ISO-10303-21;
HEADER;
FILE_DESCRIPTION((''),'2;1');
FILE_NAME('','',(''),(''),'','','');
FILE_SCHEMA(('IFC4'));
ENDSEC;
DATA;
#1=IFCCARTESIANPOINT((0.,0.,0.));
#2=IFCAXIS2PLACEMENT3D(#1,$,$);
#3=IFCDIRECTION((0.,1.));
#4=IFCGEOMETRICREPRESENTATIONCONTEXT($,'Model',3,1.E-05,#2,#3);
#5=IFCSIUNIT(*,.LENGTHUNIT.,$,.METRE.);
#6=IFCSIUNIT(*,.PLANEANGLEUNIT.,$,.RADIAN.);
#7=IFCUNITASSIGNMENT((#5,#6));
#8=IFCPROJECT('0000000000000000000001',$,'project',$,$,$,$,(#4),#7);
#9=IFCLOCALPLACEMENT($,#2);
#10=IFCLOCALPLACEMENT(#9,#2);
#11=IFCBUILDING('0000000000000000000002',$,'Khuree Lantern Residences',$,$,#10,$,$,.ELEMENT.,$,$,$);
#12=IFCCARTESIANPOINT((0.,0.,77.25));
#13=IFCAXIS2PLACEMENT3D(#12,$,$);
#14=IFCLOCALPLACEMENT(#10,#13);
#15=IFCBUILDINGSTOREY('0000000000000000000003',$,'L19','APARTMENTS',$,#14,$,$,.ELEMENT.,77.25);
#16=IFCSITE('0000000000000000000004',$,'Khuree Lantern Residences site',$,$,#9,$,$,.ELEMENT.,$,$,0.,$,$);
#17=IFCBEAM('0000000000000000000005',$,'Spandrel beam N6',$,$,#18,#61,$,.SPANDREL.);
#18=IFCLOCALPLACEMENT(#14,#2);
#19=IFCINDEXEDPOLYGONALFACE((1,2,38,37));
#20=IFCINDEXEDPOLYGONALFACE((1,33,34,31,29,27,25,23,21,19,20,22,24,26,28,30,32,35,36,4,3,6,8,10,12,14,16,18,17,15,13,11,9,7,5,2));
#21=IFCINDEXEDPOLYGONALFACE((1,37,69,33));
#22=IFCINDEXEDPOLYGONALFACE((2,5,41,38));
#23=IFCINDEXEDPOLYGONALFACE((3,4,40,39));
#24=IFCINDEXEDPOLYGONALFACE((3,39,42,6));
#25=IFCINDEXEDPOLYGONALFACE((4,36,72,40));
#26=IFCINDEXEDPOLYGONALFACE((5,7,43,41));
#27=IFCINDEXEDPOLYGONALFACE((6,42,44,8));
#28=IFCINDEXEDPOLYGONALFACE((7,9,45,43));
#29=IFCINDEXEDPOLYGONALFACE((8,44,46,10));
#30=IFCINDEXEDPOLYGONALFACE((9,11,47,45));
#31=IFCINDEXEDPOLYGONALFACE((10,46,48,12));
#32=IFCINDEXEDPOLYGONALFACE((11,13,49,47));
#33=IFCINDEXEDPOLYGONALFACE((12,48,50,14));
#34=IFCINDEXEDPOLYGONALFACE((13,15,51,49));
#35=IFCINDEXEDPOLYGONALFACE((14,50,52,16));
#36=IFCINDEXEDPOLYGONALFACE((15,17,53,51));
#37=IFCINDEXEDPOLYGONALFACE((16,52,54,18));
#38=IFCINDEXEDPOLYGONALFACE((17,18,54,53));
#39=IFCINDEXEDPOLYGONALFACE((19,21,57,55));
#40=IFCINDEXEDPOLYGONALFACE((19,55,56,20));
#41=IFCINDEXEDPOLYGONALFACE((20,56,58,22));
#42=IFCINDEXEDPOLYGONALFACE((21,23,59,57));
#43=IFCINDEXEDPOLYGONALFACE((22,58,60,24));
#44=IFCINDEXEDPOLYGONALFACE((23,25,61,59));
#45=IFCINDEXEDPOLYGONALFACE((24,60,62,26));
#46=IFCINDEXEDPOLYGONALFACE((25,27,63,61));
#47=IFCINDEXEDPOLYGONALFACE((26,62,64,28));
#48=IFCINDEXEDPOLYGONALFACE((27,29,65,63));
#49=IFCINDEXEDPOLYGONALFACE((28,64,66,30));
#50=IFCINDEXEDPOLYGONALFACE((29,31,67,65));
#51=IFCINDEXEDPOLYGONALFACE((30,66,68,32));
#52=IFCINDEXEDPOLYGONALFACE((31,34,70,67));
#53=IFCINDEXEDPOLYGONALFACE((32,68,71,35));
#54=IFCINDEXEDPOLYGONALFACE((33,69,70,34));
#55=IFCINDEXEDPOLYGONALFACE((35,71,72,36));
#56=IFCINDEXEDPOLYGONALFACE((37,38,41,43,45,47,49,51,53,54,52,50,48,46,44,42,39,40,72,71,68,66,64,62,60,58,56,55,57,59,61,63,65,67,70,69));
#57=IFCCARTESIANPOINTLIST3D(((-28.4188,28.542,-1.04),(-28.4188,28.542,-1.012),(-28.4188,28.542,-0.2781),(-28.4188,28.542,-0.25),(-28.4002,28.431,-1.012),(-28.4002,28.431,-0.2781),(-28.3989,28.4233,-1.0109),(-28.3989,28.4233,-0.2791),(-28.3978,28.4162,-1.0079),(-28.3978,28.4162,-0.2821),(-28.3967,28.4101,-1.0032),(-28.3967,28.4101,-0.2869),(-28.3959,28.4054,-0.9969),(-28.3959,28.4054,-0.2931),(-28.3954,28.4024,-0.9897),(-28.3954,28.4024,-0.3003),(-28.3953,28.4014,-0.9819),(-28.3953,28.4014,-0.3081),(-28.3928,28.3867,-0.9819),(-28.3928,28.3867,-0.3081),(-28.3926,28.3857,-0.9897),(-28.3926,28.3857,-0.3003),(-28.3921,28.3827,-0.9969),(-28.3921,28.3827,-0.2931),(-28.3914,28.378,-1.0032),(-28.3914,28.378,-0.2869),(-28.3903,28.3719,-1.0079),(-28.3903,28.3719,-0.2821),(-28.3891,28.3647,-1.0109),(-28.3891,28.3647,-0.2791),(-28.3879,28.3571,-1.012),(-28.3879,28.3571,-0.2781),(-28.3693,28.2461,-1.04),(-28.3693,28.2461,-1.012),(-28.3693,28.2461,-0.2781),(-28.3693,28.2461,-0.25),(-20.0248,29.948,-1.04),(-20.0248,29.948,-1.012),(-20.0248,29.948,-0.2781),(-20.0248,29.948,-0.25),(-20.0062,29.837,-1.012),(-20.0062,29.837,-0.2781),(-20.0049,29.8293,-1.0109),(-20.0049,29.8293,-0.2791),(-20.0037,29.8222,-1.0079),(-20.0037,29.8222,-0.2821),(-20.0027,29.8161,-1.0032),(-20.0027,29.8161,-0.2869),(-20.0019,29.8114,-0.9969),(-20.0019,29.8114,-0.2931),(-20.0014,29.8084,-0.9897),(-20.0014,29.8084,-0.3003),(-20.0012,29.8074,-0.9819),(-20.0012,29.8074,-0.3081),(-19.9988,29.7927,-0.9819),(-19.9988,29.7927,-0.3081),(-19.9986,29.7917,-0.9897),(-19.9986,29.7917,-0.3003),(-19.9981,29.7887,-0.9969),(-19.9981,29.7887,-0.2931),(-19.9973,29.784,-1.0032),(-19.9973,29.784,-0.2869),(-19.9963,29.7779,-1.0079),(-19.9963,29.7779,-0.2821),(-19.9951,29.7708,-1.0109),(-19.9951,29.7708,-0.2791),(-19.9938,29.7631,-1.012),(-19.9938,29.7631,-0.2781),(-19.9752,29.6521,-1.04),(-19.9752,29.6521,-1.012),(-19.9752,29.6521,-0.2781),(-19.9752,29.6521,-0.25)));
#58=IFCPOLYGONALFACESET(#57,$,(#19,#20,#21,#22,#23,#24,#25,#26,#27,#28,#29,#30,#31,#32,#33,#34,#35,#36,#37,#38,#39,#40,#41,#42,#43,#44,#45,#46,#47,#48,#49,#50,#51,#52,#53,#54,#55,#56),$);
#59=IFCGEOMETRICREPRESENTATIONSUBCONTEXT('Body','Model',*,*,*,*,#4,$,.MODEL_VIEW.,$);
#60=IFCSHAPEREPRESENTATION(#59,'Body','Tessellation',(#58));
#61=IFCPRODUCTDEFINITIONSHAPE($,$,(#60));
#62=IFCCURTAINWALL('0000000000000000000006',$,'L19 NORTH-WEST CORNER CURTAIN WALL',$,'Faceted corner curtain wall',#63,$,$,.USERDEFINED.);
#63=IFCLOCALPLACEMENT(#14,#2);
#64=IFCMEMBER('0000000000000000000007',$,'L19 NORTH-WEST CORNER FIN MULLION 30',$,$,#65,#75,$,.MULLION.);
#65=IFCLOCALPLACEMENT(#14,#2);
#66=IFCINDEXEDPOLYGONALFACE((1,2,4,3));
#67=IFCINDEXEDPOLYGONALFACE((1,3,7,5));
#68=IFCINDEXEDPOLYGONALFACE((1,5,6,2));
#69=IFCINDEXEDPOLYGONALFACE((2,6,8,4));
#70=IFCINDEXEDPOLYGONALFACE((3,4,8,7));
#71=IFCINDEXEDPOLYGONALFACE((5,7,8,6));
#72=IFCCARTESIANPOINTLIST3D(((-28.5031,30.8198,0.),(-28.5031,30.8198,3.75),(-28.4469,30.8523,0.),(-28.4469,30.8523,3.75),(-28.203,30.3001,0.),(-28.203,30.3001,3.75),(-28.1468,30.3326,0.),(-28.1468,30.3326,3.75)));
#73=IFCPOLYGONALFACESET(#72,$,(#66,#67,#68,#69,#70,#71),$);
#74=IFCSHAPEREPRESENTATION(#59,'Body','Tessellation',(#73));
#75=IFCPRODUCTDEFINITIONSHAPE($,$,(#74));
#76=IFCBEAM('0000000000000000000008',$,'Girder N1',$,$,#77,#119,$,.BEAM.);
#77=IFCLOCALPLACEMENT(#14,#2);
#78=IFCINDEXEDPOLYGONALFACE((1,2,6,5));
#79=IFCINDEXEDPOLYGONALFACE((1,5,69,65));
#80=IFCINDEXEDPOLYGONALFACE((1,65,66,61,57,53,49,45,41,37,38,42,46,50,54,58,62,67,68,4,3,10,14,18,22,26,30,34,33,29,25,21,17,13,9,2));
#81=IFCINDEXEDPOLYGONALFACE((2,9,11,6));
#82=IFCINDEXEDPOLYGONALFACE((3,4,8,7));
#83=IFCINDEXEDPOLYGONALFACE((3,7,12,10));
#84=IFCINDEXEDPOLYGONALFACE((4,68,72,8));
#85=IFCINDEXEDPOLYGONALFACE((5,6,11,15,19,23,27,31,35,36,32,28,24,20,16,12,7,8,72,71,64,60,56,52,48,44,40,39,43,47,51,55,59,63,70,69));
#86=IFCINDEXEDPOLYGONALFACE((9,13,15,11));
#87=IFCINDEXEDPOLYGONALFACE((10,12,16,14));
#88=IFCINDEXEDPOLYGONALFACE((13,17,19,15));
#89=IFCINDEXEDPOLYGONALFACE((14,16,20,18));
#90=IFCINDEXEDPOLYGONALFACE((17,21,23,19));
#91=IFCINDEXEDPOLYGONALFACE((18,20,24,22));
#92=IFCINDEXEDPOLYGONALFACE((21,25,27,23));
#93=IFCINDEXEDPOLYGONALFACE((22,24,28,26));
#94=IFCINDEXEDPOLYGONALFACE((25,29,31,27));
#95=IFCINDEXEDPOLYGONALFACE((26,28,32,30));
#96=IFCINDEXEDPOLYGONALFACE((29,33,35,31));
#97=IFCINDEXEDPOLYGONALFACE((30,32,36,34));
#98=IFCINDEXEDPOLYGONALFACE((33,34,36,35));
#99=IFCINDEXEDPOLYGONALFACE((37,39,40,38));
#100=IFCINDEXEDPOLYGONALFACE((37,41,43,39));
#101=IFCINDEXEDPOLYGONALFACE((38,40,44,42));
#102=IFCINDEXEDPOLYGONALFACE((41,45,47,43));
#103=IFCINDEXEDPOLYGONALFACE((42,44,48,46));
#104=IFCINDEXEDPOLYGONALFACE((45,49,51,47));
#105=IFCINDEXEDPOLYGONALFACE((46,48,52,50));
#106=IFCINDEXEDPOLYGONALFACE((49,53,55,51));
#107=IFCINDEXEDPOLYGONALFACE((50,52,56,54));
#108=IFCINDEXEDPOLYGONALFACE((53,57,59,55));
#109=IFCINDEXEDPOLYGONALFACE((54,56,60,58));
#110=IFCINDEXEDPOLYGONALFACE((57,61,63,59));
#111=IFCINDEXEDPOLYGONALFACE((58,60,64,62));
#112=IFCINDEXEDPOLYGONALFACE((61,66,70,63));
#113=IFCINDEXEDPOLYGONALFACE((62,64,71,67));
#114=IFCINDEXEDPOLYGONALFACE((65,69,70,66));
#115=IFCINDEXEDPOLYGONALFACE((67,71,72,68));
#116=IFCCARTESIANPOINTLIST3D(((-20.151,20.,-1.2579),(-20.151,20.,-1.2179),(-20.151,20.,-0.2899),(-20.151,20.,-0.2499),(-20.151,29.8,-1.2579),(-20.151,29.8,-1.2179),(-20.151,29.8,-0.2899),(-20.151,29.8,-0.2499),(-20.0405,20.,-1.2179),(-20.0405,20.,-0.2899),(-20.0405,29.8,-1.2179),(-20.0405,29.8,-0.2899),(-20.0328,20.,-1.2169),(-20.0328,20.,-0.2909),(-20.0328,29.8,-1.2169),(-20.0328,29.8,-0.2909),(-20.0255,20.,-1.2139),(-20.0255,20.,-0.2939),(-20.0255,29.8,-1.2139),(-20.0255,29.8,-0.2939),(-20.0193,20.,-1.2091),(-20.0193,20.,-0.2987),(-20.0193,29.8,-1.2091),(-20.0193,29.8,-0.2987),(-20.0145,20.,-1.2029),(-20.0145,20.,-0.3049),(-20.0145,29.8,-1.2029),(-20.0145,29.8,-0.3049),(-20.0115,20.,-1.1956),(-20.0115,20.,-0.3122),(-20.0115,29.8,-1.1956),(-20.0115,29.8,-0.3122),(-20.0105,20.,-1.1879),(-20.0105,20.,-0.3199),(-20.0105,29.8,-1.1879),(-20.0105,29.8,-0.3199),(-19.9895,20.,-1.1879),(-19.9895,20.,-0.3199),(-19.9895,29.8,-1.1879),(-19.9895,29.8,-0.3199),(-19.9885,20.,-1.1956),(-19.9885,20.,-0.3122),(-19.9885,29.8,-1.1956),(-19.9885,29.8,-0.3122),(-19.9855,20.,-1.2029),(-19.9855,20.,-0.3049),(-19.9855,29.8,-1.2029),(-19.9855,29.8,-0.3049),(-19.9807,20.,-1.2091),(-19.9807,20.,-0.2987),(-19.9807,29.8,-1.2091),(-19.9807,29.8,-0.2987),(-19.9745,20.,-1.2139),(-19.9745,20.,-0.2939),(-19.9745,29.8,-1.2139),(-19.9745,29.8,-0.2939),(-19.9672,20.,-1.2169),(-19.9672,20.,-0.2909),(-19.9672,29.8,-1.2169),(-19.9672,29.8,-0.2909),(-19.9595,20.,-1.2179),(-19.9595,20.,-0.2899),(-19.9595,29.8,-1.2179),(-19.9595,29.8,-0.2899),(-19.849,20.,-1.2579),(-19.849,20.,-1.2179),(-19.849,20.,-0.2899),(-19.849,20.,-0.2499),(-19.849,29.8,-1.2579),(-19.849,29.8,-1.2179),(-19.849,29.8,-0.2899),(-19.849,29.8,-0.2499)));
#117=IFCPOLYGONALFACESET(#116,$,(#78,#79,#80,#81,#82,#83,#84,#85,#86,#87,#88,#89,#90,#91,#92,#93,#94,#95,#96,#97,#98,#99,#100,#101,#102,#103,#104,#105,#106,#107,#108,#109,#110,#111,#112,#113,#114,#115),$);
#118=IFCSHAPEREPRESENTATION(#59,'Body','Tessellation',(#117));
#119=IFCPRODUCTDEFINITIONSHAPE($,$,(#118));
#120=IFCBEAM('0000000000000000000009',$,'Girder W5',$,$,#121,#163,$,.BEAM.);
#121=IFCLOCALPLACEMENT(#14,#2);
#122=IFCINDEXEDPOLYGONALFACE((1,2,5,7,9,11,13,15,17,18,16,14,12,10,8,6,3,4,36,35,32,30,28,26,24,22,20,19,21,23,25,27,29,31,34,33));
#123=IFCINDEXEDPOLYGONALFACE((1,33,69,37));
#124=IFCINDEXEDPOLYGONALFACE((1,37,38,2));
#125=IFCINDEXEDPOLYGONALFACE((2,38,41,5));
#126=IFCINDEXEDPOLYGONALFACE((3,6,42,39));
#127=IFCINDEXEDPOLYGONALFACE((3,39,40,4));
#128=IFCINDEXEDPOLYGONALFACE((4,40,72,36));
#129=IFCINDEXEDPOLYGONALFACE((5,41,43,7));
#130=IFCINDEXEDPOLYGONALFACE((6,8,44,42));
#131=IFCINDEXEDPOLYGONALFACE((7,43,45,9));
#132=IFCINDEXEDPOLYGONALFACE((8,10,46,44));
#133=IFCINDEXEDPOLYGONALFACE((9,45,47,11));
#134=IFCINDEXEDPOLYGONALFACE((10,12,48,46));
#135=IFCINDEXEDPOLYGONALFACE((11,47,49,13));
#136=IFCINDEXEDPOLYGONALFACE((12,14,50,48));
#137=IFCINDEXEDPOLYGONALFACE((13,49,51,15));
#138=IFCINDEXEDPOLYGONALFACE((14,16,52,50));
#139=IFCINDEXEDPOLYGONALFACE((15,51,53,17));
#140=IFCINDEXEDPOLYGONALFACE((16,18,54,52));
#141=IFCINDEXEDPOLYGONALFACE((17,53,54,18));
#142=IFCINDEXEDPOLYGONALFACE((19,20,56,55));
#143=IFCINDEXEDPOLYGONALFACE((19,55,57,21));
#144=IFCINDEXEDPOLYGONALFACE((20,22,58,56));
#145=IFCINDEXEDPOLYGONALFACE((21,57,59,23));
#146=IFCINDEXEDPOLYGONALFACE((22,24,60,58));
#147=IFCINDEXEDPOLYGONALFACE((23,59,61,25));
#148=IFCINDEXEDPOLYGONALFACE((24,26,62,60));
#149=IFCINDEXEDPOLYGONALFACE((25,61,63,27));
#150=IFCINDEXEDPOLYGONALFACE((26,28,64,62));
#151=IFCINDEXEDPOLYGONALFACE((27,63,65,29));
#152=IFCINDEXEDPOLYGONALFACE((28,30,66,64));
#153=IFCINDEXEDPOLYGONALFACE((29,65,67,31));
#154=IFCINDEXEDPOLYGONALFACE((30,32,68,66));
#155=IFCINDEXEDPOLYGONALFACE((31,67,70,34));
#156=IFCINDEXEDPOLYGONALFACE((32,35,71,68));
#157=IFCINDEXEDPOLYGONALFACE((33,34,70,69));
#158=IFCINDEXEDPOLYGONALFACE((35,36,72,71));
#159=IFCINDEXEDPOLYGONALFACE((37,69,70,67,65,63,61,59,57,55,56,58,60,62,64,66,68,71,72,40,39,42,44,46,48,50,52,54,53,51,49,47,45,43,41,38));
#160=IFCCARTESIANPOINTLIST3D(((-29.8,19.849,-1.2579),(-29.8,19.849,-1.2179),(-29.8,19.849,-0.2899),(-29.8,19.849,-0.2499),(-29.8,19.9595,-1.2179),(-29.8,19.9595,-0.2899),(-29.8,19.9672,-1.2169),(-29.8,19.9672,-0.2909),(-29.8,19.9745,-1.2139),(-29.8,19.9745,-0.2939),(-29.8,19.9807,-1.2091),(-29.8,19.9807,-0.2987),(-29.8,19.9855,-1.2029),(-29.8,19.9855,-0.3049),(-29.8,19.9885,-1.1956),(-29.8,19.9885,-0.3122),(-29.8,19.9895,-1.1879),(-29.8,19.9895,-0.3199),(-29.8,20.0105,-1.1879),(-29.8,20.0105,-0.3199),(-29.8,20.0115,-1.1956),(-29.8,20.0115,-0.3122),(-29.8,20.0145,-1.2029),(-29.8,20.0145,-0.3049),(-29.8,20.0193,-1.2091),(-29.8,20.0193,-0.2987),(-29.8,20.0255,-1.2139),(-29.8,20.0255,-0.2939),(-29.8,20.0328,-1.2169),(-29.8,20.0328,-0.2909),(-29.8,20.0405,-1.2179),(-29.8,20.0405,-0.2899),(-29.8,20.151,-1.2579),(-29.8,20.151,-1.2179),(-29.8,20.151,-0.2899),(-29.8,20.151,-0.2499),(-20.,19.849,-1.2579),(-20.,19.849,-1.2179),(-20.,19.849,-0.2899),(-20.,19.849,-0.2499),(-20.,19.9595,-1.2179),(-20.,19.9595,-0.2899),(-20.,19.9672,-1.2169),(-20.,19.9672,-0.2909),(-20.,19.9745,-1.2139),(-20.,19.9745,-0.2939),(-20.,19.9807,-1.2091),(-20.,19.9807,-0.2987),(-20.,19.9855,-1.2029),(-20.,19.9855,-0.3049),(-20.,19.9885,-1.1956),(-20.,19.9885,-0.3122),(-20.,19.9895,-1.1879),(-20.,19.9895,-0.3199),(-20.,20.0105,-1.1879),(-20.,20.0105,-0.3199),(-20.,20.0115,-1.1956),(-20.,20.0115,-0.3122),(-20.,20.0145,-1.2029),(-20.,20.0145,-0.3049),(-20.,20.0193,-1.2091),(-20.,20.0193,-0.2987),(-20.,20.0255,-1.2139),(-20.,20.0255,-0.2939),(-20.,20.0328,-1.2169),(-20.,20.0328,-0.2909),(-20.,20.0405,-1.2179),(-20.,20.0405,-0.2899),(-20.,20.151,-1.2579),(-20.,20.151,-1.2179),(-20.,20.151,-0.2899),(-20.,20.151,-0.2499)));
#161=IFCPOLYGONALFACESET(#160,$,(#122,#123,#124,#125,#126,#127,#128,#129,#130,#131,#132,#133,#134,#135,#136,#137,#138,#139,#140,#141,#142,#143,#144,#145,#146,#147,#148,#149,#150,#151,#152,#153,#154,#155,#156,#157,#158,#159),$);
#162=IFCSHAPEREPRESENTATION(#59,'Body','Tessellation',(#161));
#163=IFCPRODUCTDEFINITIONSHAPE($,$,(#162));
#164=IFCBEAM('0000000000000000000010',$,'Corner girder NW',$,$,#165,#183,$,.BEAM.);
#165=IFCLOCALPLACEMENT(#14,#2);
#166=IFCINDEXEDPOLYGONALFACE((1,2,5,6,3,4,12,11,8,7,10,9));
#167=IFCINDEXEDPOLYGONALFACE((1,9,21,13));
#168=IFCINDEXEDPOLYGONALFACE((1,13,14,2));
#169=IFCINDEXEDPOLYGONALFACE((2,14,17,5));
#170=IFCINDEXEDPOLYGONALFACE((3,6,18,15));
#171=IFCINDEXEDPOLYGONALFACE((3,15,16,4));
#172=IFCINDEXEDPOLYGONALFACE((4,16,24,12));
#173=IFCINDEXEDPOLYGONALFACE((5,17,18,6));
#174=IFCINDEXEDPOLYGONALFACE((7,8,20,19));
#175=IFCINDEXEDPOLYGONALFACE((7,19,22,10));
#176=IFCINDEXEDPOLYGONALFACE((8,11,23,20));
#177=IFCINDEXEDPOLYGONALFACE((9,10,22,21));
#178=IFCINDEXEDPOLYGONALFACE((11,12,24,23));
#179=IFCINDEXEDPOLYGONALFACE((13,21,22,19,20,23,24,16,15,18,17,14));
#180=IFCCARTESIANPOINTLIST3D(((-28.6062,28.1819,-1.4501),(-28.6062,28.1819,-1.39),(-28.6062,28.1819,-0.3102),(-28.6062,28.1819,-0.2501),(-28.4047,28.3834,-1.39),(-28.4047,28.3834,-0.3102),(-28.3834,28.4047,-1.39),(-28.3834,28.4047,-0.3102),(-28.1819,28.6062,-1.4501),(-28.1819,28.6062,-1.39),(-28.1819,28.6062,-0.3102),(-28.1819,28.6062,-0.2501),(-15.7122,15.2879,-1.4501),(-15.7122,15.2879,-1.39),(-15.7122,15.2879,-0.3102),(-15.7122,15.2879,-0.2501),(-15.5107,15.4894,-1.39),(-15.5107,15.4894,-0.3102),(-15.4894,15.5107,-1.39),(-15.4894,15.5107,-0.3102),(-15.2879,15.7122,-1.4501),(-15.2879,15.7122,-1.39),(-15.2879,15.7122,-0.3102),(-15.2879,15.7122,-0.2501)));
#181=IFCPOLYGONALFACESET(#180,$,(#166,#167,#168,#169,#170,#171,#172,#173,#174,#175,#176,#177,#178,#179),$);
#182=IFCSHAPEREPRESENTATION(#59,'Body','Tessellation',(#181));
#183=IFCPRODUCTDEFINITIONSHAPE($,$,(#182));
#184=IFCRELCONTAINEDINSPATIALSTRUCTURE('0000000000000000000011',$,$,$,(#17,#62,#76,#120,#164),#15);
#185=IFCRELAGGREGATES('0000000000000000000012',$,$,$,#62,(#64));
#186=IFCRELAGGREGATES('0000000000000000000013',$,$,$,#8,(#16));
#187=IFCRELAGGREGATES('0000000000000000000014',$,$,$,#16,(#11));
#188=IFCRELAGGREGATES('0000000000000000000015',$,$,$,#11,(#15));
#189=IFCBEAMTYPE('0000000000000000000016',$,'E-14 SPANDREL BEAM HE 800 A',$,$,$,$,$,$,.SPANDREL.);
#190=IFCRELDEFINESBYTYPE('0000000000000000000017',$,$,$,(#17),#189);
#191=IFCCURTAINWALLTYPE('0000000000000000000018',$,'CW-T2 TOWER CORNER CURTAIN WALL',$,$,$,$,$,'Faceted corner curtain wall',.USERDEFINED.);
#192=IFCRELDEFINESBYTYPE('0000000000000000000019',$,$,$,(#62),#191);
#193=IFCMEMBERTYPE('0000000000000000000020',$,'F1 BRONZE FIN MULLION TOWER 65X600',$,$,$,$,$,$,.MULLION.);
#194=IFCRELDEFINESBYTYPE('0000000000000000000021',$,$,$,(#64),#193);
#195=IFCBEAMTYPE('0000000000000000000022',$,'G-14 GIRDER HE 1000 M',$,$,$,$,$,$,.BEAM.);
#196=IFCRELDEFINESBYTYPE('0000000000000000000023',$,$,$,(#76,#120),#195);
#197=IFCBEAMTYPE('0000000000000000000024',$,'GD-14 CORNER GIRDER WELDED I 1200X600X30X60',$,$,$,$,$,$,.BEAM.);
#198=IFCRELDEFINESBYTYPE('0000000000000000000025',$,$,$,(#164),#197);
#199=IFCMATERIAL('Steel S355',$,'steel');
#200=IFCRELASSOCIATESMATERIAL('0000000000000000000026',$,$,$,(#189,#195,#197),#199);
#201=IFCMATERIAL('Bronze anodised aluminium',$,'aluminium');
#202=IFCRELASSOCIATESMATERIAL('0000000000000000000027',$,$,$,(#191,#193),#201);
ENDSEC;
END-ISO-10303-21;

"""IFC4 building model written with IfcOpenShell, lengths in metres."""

from ifc_helpers import new_model, si_unit, direction, frame, origin, origin_2d, place, context, subcontext, project, spatial, rectangle, i_section, extrude, material, material_profile, profile_set, type_object, element, aggregate, save


model = new_model("IFC4")

# Units and contexts
model_context = context("Model", 3, precision=1e-05, world=origin(), true_north=direction((0.0, 1.0)))
body_context = subcontext(model_context, "Body", "Model", "MODEL_VIEW")
ifc_project = project(units=[si_unit("LENGTHUNIT", "METRE"), si_unit("PLANEANGLEUNIT", "RADIAN")], contexts=[model_context])

# Site, building, storey
site_placement = place(None, origin())
site = spatial("IfcSite", under=ifc_project, at=site_placement, Name="Khuree Lantern Residences site", CompositionType="ELEMENT", RefElevation=0.0)
building_placement = place(site_placement, origin())
building = spatial("IfcBuilding", under=site, at=building_placement, Name="Khuree Lantern Residences", CompositionType="ELEMENT")
storey_placement = place(building_placement, frame((0.0, 0.0, 77.25)))
storey = spatial("IfcBuildingStorey", under=building, at=storey_placement, Name="L19", Description="APARTMENTS", CompositionType="ELEMENT", Elevation=77.25)

# Beam
ifc_material_1 = material(Name="Steel S355", Category="steel")
ifc_material_profile_1 = material_profile(ifc_material_1, i_section(OverallWidth=0.3, OverallDepth=0.79, WebThickness=0.0149, FlangeThickness=0.0281, FilletRadius=0.03, at=origin_2d()), Name="HE 800 A")
ifc_profile_set_1 = profile_set([ifc_material_profile_1], Name="Steel S355")
beam_type_1 = type_object("IfcBeamType", Name="E-14 SPANDREL BEAM HE 800 A", PredefinedType="SPANDREL", material=ifc_profile_set_1)
for number, where, z_axis, x_axis, name in (
    (1, (-28.394, 28.394, -0.645), (0.98626, 0.165199, 0.0), (-0.165199, 0.98626, 0.0), "Spandrel beam N6"),
):
    element("IfcBeam", number, at=place(storey_placement, frame(where, z_axis=z_axis, x_axis=x_axis)), inside=storey, type_object=beam_type_1, Name=name, PredefinedType="SPANDREL", context=body_context, shape_type="SweptSolid", body=[
        extrude(i_section(OverallWidth=0.3, OverallDepth=0.79, WebThickness=0.0149, FlangeThickness=0.0281, FilletRadius=0.03, at=origin_2d()), origin(), (0.0, 0.0, 1.0), 8.511),
    ])

# Curtain wall, member
ifc_material_2 = material(Name="Bronze anodised aluminium", Category="aluminium")
curtain_wall_type_1 = type_object("IfcCurtainWallType", Name="CW-T2 TOWER CORNER CURTAIN WALL", ElementType="Faceted corner curtain wall", PredefinedType="USERDEFINED", material=ifc_material_2)
curtain_wall_1_placement = place(storey_placement, origin())
curtain_wall_1 = element("IfcCurtainWall", 2, at=curtain_wall_1_placement, inside=storey, type_object=curtain_wall_type_1, Name="L19 NORTH-WEST CORNER CURTAIN WALL", ObjectType="Faceted corner curtain wall", PredefinedType="USERDEFINED")
ifc_material_profile_2 = material_profile(ifc_material_2, rectangle(XDim=0.0649, YDim=0.6001, at=origin_2d()), Name="F1 65X600")
ifc_profile_set_2 = profile_set([ifc_material_profile_2], Name="Bronze anodised aluminium")
member_type_1 = type_object("IfcMemberType", Name="F1 BRONZE FIN MULLION TOWER 65X600", PredefinedType="MULLION", material=ifc_profile_set_2)
member_1_placement = place(storey_placement, frame((-28.325, 30.5762, 0.0), z_axis=(0.0, 0.0, 1.0), x_axis=(-0.866025, -0.5, 0.0)))
member_1 = element("IfcMember", 3, at=member_1_placement, type_object=member_type_1, Name="L19 NORTH-WEST CORNER FIN MULLION 30", PredefinedType="MULLION", context=body_context, shape_type="SweptSolid", body=[
    extrude(rectangle(XDim=0.0649, YDim=0.6001, at=origin_2d()), origin(), (0.0, 0.0, 1.0), 3.75),
])

# Beams
ifc_material_profile_3 = material_profile(ifc_material_1, i_section(OverallWidth=0.302, OverallDepth=1.0081, WebThickness=0.021, FlangeThickness=0.04, FilletRadius=0.03, at=origin_2d()), Name="HE 1000 M")
ifc_profile_set_3 = profile_set([ifc_material_profile_3], Name="Steel S355")
beam_type_2 = type_object("IfcBeamType", Name="G-14 GIRDER HE 1000 M", PredefinedType="BEAM", material=ifc_profile_set_3)
for number, where, z_axis, x_axis, name in (
    (4, (-20.0, 29.8, -0.7539), (0.0, -1.0, 0.0), (1.0, 0.0, 0.0), "Girder N1"),
    (5, (-29.8, 20.0, -0.7539), (1.0, 0.0, 0.0), (0.0, 1.0, 0.0), "Girder W5"),
):
    element("IfcBeam", number, at=place(storey_placement, frame(where, z_axis=z_axis, x_axis=x_axis)), inside=storey, type_object=beam_type_2, Name=name, PredefinedType="BEAM", context=body_context, shape_type="SweptSolid", body=[
        extrude(i_section(OverallWidth=0.302, OverallDepth=1.0081, WebThickness=0.021, FlangeThickness=0.04, FilletRadius=0.03, at=origin_2d()), origin(), (0.0, 0.0, 1.0), 9.8),
    ])
ifc_material_profile_4 = material_profile(ifc_material_1, i_section(OverallWidth=0.6001, OverallDepth=1.2, WebThickness=0.03, FlangeThickness=0.0601, at=origin_2d()), Name="WELDED I 1200X600X30X60")
ifc_profile_set_4 = profile_set([ifc_material_profile_4], Name="Steel S355")
beam_type_3 = type_object("IfcBeamType", Name="GD-14 CORNER GIRDER WELDED I 1200X600X30X60", PredefinedType="BEAM", material=ifc_profile_set_4)
beam_placement = place(storey_placement, frame((-28.394, 28.394, -0.8501), z_axis=(0.707107, -0.707107, 0.0), x_axis=(0.707107, 0.707107, 0.0)))
element("IfcBeam", 6, at=beam_placement, inside=storey, type_object=beam_type_3, Name="Corner girder NW", PredefinedType="BEAM", context=body_context, shape_type="SweptSolid", body=[
    extrude(i_section(OverallWidth=0.6001, OverallDepth=1.2, WebThickness=0.03, FlangeThickness=0.0601, at=origin_2d()), origin(), (0.0, 0.0, 1.0), 18.2349),
])

aggregate(curtain_wall_1, [member_1])

save(model, "model.ifc")
